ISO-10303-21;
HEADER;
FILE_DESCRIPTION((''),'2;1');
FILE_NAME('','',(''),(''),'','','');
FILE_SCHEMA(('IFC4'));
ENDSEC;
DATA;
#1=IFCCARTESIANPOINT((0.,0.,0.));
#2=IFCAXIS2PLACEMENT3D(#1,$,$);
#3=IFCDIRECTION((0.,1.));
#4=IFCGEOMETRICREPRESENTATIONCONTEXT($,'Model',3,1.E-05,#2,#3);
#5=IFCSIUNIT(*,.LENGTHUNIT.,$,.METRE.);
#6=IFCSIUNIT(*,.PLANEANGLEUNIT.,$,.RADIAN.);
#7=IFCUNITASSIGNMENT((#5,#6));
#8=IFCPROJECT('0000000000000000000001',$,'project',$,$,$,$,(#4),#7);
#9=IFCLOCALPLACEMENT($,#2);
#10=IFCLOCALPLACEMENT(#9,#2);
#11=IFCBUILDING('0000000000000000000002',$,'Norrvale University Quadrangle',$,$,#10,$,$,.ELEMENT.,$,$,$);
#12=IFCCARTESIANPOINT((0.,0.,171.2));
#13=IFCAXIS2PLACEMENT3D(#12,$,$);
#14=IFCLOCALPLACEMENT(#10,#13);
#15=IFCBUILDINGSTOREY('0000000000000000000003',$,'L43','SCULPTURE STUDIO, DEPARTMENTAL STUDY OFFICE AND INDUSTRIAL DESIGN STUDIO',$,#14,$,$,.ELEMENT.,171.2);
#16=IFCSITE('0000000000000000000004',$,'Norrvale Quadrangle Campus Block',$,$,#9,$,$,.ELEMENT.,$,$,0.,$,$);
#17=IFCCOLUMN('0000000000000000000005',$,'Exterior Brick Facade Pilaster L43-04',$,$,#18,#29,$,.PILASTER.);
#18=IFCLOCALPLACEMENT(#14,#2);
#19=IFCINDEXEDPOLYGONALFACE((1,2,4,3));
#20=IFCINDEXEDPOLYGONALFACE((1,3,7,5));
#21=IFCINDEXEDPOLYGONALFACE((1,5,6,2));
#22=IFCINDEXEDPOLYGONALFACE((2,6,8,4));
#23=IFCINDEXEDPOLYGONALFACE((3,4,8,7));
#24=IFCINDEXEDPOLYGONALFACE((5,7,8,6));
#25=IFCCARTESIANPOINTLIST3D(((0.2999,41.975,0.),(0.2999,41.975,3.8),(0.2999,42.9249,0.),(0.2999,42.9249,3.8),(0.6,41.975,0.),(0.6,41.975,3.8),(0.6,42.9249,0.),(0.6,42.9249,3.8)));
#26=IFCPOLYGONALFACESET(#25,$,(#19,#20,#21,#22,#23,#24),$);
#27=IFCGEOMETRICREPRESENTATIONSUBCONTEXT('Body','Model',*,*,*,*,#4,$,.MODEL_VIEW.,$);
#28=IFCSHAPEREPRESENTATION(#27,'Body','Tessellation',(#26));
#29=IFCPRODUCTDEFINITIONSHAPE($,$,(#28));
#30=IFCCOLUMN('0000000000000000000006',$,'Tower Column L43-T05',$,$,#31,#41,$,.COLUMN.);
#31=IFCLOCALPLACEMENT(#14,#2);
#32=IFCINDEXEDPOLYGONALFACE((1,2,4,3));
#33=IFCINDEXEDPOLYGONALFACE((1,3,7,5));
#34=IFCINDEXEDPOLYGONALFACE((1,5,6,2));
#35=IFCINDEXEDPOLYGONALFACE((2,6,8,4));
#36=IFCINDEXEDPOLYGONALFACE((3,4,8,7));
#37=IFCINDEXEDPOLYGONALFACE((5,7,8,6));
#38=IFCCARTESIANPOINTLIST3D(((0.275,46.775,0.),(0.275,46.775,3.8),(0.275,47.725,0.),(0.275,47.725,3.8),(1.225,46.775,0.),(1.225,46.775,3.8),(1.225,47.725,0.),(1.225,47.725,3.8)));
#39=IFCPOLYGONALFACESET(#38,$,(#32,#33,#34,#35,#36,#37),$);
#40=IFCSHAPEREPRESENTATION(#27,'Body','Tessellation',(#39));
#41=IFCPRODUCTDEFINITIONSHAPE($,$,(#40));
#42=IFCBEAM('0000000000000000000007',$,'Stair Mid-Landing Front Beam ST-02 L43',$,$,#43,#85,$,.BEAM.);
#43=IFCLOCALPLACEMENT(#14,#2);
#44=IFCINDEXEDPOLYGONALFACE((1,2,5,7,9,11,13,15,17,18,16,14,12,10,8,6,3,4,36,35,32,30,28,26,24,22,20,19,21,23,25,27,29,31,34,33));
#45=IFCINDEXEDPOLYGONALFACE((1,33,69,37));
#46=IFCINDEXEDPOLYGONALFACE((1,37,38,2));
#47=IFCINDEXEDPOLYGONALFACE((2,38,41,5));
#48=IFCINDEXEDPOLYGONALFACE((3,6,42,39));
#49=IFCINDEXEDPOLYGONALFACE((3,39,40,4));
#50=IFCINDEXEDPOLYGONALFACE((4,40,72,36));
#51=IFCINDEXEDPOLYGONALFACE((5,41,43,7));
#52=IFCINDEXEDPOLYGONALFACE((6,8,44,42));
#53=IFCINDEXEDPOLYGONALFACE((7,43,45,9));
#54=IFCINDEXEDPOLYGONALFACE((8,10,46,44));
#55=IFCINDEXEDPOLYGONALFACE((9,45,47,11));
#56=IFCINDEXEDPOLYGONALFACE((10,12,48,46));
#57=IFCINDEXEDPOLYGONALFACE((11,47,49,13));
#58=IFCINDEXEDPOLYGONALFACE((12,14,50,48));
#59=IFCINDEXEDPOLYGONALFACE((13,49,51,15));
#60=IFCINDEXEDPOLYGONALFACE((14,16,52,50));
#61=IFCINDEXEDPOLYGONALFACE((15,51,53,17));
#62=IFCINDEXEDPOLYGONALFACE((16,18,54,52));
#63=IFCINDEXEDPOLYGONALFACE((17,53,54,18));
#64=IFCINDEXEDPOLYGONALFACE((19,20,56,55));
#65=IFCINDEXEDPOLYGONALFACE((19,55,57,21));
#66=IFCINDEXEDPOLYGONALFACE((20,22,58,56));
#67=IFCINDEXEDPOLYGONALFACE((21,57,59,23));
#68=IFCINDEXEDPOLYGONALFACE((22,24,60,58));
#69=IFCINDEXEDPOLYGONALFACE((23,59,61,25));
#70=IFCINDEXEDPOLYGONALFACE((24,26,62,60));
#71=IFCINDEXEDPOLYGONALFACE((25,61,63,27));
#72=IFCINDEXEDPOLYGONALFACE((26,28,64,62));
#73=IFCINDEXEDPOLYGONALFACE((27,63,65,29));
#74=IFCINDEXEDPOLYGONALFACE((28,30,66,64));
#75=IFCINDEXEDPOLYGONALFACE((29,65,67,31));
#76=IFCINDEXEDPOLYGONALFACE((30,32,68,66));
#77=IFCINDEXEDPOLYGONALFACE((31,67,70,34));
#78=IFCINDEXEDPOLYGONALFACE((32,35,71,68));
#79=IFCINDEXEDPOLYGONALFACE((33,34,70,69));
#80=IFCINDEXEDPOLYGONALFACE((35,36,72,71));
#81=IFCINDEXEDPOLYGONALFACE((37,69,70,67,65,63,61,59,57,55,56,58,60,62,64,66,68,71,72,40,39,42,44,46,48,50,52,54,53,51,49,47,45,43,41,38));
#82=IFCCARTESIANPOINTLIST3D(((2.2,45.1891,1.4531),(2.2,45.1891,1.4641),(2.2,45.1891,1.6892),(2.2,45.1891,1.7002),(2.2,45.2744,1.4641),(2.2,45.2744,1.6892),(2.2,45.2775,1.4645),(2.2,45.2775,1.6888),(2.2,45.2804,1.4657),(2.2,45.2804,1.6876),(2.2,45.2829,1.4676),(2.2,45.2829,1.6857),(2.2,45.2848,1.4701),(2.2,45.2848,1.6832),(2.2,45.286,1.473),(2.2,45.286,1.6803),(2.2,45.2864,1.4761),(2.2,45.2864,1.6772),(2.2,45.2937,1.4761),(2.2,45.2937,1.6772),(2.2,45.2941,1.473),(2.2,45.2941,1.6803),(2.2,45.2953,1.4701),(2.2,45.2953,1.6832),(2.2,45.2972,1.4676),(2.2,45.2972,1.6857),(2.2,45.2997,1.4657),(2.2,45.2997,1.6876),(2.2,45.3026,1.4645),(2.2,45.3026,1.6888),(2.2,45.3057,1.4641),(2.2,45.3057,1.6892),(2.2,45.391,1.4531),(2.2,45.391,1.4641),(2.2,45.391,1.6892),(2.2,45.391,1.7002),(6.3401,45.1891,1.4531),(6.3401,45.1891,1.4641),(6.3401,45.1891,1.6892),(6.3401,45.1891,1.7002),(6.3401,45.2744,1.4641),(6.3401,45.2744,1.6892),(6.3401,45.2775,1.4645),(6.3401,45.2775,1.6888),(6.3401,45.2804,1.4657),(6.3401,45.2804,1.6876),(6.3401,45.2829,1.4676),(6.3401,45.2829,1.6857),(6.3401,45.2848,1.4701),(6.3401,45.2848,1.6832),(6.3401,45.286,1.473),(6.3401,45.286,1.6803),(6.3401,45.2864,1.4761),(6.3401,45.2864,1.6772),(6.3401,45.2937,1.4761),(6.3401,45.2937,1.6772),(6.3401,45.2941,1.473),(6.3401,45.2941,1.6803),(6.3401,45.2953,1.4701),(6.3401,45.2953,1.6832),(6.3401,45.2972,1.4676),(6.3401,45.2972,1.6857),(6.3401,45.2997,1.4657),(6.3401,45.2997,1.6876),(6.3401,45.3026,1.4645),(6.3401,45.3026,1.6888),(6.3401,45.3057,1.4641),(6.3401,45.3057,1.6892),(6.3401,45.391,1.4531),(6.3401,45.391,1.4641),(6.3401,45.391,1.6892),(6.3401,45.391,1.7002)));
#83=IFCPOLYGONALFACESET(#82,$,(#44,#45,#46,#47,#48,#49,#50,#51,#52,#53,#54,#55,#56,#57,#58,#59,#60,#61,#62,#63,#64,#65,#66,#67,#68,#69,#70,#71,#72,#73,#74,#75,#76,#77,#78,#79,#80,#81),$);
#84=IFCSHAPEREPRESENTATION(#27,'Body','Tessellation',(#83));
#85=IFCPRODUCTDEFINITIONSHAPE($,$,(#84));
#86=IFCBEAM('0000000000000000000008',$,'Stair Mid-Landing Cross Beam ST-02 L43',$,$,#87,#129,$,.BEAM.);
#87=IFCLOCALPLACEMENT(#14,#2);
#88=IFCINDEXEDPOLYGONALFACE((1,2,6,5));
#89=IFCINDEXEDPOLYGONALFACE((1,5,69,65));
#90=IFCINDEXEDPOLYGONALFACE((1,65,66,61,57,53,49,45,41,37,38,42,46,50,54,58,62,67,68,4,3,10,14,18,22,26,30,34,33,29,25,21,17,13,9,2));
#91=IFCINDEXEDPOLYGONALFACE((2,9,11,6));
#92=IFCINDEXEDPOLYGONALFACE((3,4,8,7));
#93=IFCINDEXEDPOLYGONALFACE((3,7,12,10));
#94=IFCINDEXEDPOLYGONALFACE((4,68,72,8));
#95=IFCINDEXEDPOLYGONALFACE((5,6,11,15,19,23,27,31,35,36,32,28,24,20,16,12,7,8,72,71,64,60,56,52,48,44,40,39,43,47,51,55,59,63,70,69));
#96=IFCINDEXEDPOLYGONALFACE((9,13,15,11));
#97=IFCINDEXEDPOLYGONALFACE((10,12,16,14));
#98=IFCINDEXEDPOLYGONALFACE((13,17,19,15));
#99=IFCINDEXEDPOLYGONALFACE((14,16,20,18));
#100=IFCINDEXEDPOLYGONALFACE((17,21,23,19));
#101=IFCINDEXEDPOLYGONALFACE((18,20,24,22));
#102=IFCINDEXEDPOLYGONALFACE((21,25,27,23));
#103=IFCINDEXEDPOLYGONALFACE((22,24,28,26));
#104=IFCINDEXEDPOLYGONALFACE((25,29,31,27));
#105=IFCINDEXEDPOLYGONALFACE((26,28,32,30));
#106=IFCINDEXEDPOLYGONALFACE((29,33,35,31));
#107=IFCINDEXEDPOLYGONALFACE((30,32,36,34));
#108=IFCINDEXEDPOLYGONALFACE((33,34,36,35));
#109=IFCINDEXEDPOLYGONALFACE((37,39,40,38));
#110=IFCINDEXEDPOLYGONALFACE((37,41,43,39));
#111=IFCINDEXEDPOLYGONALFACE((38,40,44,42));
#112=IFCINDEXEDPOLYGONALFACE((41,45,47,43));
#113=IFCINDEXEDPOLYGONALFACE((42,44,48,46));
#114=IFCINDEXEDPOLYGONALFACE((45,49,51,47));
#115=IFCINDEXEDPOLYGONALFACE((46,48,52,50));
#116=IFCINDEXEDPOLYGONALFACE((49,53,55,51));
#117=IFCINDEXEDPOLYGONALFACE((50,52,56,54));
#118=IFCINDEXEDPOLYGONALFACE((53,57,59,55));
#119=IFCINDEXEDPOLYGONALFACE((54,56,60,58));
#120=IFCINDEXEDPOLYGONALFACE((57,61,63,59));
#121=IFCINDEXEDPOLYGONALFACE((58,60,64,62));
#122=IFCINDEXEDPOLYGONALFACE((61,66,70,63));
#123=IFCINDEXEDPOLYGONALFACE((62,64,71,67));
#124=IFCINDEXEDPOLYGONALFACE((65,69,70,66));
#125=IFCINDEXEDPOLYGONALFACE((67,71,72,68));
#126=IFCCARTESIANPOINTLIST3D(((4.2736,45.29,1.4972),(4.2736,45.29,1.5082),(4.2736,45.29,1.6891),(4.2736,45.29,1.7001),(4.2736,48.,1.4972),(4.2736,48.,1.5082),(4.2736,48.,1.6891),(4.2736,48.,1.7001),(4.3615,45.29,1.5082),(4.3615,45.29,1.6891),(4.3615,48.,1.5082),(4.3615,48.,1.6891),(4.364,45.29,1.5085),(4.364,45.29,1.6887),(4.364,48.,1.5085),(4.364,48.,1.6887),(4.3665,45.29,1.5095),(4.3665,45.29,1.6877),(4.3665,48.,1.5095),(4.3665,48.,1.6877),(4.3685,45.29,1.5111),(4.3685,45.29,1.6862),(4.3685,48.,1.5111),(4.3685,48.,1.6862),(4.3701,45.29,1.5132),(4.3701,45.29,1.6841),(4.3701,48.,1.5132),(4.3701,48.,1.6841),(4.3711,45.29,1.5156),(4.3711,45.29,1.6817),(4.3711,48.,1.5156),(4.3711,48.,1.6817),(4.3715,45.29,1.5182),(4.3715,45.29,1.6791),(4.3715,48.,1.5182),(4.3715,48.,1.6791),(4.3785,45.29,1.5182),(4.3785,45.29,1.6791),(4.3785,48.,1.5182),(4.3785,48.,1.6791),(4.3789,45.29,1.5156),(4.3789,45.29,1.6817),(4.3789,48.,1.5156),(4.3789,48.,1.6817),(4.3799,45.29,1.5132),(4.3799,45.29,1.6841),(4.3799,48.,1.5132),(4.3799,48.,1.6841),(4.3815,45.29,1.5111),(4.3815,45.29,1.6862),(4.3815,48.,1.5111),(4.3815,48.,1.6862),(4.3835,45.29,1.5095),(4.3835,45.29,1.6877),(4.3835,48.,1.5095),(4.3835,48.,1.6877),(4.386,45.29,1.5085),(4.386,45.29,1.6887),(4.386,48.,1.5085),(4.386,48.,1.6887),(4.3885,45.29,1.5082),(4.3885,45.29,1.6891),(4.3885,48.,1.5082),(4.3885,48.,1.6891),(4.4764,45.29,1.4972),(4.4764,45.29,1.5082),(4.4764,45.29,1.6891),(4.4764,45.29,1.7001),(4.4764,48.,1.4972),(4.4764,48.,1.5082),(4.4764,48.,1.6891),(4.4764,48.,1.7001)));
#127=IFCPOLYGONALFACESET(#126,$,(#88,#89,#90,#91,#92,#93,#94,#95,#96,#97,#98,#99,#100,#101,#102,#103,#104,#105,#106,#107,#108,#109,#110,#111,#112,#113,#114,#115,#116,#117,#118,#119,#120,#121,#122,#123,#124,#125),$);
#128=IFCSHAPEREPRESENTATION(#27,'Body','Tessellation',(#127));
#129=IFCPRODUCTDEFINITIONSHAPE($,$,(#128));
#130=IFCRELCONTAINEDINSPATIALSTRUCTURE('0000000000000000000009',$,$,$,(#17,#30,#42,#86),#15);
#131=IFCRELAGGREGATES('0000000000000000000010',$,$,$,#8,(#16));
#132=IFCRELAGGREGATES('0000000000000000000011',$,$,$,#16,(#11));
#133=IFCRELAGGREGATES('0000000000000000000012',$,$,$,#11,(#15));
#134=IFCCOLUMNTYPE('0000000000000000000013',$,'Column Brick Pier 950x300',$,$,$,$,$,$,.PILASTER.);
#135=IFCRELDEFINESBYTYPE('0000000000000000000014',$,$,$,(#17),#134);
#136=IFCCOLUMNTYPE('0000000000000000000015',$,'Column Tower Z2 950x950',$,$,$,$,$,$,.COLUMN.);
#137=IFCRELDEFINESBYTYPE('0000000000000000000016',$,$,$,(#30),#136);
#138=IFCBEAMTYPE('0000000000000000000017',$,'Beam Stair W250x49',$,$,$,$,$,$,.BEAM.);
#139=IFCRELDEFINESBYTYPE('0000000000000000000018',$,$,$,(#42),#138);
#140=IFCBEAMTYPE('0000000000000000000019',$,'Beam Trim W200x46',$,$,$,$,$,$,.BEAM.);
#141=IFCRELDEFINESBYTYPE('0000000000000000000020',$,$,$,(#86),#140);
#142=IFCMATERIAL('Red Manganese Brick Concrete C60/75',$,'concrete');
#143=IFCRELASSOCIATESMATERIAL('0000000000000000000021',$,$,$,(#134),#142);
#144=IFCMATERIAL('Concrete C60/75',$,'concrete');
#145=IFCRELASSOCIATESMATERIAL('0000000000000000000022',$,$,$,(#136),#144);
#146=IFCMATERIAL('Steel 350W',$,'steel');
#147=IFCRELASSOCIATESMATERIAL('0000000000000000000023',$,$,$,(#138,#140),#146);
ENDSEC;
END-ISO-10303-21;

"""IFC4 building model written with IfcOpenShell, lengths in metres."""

from ifc_helpers import new_model, si_unit, direction, frame, origin, origin_2d, place, context, subcontext, project, spatial, rectangle, i_section, extrude, material, material_profile, profile_set, type_object, element, save


model = new_model("IFC4")

# Units and contexts
model_context = context("Model", 3, precision=1e-05, world=origin(), true_north=direction((0.0, 1.0)))
body_context = subcontext(model_context, "Body", "Model", "MODEL_VIEW")
ifc_project = project(units=[si_unit("LENGTHUNIT", "METRE"), si_unit("PLANEANGLEUNIT", "RADIAN")], contexts=[model_context])

# Site, building, storey
site_placement = place(None, origin())
site = spatial("IfcSite", under=ifc_project, at=site_placement, Name="Norrvale Quadrangle Campus Block", CompositionType="ELEMENT", RefElevation=0.0)
building_placement = place(site_placement, origin())
building = spatial("IfcBuilding", under=site, at=building_placement, Name="Norrvale University Quadrangle", CompositionType="ELEMENT")
storey_placement = place(building_placement, frame((0.0, 0.0, 171.2)))
storey = spatial("IfcBuildingStorey", under=building, at=storey_placement, Name="L43", Description="SCULPTURE STUDIO, DEPARTMENTAL STUDY OFFICE AND INDUSTRIAL DESIGN STUDIO", CompositionType="ELEMENT", Elevation=171.2)

# Columns
ifc_material_1 = material(Name="Red Manganese Brick Concrete C60/75", Category="concrete")
ifc_material_profile_1 = material_profile(ifc_material_1, rectangle(XDim=0.95, YDim=0.3, at=origin_2d()), Name="Red Manganese Brick Concrete C60/75")
ifc_profile_set_1 = profile_set([ifc_material_profile_1], Name="Red Manganese Brick Concrete C60/75")
column_type_1 = type_object("IfcColumnType", Name="Column Brick Pier 950x300", PredefinedType="PILASTER", material=ifc_profile_set_1)
column_1_placement = place(storey_placement, frame((0.45, 42.45, 0.0), z_axis=(0.0, 0.0, 1.0), x_axis=(0.0, 1.0, 0.0)))
element("IfcColumn", 1, at=column_1_placement, inside=storey, type_object=column_type_1, Name="Exterior Brick Facade Pilaster L43-04", PredefinedType="PILASTER", context=body_context, shape_type="SweptSolid", body=[
    extrude(rectangle(XDim=0.95, YDim=0.3, at=origin_2d()), origin(), (0.0, 0.0, 1.0), 3.8),
])
ifc_material_2 = material(Name="Concrete C60/75", Category="concrete")
ifc_material_profile_2 = material_profile(ifc_material_2, rectangle(XDim=0.95, YDim=0.95, at=origin_2d()), Name="Concrete C60/75")
ifc_profile_set_2 = profile_set([ifc_material_profile_2], Name="Concrete C60/75")
column_type_2 = type_object("IfcColumnType", Name="Column Tower Z2 950x950", PredefinedType="COLUMN", material=ifc_profile_set_2)
column_2_placement = place(storey_placement, frame((0.75, 47.25, 0.0), z_axis=(0.0, 0.0, 1.0), x_axis=(1.0, 0.0, 0.0)))
element("IfcColumn", 2, at=column_2_placement, inside=storey, type_object=column_type_2, Name="Tower Column L43-T05", PredefinedType="COLUMN", context=body_context, shape_type="SweptSolid", body=[
    extrude(rectangle(XDim=0.95, YDim=0.95, at=origin_2d()), origin(), (0.0, 0.0, 1.0), 3.8),
])

# Beams
ifc_material_3 = material(Name="Steel 350W", Category="steel")
ifc_material_profile_3 = material_profile(ifc_material_3, i_section(OverallWidth=0.2019, OverallDepth=0.2471, WebThickness=0.0073, FlangeThickness=0.011, FilletRadius=0.012, at=origin_2d()), Name="Steel 350W")
ifc_profile_set_3 = profile_set([ifc_material_profile_3], Name="Steel 350W")
beam_type_1 = type_object("IfcBeamType", Name="Beam Stair W250x49", PredefinedType="BEAM", material=ifc_profile_set_3)
beam_1_placement = place(storey_placement, frame((2.2, 45.29, 1.5767), z_axis=(1.0, 0.0, 0.0), x_axis=(0.0, 1.0, 0.0)))
element("IfcBeam", 3, at=beam_1_placement, inside=storey, type_object=beam_type_1, Name="Stair Mid-Landing Front Beam ST-02 L43", PredefinedType="BEAM", context=body_context, shape_type="SweptSolid", body=[
    extrude(i_section(OverallWidth=0.2019, OverallDepth=0.2471, WebThickness=0.0073, FlangeThickness=0.011, FilletRadius=0.012, at=origin_2d()), origin(), (0.0, 0.0, 1.0), 4.1401),
])
ifc_material_profile_4 = material_profile(ifc_material_3, i_section(OverallWidth=0.2029, OverallDepth=0.2029, WebThickness=0.0071, FlangeThickness=0.011, FilletRadius=0.01, at=origin_2d()), Name="Steel 350W")
ifc_profile_set_4 = profile_set([ifc_material_profile_4], Name="Steel 350W")
beam_type_2 = type_object("IfcBeamType", Name="Beam Trim W200x46", PredefinedType="BEAM", material=ifc_profile_set_4)
beam_2_placement = place(storey_placement, frame((4.375, 45.29, 1.5986), z_axis=(0.0, 1.0, 0.0), x_axis=(-1.0, 0.0, 0.0)))
element("IfcBeam", 4, at=beam_2_placement, inside=storey, type_object=beam_type_2, Name="Stair Mid-Landing Cross Beam ST-02 L43", PredefinedType="BEAM", context=body_context, shape_type="SweptSolid", body=[
    extrude(i_section(OverallWidth=0.2029, OverallDepth=0.2029, WebThickness=0.0071, FlangeThickness=0.011, FilletRadius=0.01, at=origin_2d()), origin(), (0.0, 0.0, 1.0), 2.71),
])

save(model, "model.ifc")
